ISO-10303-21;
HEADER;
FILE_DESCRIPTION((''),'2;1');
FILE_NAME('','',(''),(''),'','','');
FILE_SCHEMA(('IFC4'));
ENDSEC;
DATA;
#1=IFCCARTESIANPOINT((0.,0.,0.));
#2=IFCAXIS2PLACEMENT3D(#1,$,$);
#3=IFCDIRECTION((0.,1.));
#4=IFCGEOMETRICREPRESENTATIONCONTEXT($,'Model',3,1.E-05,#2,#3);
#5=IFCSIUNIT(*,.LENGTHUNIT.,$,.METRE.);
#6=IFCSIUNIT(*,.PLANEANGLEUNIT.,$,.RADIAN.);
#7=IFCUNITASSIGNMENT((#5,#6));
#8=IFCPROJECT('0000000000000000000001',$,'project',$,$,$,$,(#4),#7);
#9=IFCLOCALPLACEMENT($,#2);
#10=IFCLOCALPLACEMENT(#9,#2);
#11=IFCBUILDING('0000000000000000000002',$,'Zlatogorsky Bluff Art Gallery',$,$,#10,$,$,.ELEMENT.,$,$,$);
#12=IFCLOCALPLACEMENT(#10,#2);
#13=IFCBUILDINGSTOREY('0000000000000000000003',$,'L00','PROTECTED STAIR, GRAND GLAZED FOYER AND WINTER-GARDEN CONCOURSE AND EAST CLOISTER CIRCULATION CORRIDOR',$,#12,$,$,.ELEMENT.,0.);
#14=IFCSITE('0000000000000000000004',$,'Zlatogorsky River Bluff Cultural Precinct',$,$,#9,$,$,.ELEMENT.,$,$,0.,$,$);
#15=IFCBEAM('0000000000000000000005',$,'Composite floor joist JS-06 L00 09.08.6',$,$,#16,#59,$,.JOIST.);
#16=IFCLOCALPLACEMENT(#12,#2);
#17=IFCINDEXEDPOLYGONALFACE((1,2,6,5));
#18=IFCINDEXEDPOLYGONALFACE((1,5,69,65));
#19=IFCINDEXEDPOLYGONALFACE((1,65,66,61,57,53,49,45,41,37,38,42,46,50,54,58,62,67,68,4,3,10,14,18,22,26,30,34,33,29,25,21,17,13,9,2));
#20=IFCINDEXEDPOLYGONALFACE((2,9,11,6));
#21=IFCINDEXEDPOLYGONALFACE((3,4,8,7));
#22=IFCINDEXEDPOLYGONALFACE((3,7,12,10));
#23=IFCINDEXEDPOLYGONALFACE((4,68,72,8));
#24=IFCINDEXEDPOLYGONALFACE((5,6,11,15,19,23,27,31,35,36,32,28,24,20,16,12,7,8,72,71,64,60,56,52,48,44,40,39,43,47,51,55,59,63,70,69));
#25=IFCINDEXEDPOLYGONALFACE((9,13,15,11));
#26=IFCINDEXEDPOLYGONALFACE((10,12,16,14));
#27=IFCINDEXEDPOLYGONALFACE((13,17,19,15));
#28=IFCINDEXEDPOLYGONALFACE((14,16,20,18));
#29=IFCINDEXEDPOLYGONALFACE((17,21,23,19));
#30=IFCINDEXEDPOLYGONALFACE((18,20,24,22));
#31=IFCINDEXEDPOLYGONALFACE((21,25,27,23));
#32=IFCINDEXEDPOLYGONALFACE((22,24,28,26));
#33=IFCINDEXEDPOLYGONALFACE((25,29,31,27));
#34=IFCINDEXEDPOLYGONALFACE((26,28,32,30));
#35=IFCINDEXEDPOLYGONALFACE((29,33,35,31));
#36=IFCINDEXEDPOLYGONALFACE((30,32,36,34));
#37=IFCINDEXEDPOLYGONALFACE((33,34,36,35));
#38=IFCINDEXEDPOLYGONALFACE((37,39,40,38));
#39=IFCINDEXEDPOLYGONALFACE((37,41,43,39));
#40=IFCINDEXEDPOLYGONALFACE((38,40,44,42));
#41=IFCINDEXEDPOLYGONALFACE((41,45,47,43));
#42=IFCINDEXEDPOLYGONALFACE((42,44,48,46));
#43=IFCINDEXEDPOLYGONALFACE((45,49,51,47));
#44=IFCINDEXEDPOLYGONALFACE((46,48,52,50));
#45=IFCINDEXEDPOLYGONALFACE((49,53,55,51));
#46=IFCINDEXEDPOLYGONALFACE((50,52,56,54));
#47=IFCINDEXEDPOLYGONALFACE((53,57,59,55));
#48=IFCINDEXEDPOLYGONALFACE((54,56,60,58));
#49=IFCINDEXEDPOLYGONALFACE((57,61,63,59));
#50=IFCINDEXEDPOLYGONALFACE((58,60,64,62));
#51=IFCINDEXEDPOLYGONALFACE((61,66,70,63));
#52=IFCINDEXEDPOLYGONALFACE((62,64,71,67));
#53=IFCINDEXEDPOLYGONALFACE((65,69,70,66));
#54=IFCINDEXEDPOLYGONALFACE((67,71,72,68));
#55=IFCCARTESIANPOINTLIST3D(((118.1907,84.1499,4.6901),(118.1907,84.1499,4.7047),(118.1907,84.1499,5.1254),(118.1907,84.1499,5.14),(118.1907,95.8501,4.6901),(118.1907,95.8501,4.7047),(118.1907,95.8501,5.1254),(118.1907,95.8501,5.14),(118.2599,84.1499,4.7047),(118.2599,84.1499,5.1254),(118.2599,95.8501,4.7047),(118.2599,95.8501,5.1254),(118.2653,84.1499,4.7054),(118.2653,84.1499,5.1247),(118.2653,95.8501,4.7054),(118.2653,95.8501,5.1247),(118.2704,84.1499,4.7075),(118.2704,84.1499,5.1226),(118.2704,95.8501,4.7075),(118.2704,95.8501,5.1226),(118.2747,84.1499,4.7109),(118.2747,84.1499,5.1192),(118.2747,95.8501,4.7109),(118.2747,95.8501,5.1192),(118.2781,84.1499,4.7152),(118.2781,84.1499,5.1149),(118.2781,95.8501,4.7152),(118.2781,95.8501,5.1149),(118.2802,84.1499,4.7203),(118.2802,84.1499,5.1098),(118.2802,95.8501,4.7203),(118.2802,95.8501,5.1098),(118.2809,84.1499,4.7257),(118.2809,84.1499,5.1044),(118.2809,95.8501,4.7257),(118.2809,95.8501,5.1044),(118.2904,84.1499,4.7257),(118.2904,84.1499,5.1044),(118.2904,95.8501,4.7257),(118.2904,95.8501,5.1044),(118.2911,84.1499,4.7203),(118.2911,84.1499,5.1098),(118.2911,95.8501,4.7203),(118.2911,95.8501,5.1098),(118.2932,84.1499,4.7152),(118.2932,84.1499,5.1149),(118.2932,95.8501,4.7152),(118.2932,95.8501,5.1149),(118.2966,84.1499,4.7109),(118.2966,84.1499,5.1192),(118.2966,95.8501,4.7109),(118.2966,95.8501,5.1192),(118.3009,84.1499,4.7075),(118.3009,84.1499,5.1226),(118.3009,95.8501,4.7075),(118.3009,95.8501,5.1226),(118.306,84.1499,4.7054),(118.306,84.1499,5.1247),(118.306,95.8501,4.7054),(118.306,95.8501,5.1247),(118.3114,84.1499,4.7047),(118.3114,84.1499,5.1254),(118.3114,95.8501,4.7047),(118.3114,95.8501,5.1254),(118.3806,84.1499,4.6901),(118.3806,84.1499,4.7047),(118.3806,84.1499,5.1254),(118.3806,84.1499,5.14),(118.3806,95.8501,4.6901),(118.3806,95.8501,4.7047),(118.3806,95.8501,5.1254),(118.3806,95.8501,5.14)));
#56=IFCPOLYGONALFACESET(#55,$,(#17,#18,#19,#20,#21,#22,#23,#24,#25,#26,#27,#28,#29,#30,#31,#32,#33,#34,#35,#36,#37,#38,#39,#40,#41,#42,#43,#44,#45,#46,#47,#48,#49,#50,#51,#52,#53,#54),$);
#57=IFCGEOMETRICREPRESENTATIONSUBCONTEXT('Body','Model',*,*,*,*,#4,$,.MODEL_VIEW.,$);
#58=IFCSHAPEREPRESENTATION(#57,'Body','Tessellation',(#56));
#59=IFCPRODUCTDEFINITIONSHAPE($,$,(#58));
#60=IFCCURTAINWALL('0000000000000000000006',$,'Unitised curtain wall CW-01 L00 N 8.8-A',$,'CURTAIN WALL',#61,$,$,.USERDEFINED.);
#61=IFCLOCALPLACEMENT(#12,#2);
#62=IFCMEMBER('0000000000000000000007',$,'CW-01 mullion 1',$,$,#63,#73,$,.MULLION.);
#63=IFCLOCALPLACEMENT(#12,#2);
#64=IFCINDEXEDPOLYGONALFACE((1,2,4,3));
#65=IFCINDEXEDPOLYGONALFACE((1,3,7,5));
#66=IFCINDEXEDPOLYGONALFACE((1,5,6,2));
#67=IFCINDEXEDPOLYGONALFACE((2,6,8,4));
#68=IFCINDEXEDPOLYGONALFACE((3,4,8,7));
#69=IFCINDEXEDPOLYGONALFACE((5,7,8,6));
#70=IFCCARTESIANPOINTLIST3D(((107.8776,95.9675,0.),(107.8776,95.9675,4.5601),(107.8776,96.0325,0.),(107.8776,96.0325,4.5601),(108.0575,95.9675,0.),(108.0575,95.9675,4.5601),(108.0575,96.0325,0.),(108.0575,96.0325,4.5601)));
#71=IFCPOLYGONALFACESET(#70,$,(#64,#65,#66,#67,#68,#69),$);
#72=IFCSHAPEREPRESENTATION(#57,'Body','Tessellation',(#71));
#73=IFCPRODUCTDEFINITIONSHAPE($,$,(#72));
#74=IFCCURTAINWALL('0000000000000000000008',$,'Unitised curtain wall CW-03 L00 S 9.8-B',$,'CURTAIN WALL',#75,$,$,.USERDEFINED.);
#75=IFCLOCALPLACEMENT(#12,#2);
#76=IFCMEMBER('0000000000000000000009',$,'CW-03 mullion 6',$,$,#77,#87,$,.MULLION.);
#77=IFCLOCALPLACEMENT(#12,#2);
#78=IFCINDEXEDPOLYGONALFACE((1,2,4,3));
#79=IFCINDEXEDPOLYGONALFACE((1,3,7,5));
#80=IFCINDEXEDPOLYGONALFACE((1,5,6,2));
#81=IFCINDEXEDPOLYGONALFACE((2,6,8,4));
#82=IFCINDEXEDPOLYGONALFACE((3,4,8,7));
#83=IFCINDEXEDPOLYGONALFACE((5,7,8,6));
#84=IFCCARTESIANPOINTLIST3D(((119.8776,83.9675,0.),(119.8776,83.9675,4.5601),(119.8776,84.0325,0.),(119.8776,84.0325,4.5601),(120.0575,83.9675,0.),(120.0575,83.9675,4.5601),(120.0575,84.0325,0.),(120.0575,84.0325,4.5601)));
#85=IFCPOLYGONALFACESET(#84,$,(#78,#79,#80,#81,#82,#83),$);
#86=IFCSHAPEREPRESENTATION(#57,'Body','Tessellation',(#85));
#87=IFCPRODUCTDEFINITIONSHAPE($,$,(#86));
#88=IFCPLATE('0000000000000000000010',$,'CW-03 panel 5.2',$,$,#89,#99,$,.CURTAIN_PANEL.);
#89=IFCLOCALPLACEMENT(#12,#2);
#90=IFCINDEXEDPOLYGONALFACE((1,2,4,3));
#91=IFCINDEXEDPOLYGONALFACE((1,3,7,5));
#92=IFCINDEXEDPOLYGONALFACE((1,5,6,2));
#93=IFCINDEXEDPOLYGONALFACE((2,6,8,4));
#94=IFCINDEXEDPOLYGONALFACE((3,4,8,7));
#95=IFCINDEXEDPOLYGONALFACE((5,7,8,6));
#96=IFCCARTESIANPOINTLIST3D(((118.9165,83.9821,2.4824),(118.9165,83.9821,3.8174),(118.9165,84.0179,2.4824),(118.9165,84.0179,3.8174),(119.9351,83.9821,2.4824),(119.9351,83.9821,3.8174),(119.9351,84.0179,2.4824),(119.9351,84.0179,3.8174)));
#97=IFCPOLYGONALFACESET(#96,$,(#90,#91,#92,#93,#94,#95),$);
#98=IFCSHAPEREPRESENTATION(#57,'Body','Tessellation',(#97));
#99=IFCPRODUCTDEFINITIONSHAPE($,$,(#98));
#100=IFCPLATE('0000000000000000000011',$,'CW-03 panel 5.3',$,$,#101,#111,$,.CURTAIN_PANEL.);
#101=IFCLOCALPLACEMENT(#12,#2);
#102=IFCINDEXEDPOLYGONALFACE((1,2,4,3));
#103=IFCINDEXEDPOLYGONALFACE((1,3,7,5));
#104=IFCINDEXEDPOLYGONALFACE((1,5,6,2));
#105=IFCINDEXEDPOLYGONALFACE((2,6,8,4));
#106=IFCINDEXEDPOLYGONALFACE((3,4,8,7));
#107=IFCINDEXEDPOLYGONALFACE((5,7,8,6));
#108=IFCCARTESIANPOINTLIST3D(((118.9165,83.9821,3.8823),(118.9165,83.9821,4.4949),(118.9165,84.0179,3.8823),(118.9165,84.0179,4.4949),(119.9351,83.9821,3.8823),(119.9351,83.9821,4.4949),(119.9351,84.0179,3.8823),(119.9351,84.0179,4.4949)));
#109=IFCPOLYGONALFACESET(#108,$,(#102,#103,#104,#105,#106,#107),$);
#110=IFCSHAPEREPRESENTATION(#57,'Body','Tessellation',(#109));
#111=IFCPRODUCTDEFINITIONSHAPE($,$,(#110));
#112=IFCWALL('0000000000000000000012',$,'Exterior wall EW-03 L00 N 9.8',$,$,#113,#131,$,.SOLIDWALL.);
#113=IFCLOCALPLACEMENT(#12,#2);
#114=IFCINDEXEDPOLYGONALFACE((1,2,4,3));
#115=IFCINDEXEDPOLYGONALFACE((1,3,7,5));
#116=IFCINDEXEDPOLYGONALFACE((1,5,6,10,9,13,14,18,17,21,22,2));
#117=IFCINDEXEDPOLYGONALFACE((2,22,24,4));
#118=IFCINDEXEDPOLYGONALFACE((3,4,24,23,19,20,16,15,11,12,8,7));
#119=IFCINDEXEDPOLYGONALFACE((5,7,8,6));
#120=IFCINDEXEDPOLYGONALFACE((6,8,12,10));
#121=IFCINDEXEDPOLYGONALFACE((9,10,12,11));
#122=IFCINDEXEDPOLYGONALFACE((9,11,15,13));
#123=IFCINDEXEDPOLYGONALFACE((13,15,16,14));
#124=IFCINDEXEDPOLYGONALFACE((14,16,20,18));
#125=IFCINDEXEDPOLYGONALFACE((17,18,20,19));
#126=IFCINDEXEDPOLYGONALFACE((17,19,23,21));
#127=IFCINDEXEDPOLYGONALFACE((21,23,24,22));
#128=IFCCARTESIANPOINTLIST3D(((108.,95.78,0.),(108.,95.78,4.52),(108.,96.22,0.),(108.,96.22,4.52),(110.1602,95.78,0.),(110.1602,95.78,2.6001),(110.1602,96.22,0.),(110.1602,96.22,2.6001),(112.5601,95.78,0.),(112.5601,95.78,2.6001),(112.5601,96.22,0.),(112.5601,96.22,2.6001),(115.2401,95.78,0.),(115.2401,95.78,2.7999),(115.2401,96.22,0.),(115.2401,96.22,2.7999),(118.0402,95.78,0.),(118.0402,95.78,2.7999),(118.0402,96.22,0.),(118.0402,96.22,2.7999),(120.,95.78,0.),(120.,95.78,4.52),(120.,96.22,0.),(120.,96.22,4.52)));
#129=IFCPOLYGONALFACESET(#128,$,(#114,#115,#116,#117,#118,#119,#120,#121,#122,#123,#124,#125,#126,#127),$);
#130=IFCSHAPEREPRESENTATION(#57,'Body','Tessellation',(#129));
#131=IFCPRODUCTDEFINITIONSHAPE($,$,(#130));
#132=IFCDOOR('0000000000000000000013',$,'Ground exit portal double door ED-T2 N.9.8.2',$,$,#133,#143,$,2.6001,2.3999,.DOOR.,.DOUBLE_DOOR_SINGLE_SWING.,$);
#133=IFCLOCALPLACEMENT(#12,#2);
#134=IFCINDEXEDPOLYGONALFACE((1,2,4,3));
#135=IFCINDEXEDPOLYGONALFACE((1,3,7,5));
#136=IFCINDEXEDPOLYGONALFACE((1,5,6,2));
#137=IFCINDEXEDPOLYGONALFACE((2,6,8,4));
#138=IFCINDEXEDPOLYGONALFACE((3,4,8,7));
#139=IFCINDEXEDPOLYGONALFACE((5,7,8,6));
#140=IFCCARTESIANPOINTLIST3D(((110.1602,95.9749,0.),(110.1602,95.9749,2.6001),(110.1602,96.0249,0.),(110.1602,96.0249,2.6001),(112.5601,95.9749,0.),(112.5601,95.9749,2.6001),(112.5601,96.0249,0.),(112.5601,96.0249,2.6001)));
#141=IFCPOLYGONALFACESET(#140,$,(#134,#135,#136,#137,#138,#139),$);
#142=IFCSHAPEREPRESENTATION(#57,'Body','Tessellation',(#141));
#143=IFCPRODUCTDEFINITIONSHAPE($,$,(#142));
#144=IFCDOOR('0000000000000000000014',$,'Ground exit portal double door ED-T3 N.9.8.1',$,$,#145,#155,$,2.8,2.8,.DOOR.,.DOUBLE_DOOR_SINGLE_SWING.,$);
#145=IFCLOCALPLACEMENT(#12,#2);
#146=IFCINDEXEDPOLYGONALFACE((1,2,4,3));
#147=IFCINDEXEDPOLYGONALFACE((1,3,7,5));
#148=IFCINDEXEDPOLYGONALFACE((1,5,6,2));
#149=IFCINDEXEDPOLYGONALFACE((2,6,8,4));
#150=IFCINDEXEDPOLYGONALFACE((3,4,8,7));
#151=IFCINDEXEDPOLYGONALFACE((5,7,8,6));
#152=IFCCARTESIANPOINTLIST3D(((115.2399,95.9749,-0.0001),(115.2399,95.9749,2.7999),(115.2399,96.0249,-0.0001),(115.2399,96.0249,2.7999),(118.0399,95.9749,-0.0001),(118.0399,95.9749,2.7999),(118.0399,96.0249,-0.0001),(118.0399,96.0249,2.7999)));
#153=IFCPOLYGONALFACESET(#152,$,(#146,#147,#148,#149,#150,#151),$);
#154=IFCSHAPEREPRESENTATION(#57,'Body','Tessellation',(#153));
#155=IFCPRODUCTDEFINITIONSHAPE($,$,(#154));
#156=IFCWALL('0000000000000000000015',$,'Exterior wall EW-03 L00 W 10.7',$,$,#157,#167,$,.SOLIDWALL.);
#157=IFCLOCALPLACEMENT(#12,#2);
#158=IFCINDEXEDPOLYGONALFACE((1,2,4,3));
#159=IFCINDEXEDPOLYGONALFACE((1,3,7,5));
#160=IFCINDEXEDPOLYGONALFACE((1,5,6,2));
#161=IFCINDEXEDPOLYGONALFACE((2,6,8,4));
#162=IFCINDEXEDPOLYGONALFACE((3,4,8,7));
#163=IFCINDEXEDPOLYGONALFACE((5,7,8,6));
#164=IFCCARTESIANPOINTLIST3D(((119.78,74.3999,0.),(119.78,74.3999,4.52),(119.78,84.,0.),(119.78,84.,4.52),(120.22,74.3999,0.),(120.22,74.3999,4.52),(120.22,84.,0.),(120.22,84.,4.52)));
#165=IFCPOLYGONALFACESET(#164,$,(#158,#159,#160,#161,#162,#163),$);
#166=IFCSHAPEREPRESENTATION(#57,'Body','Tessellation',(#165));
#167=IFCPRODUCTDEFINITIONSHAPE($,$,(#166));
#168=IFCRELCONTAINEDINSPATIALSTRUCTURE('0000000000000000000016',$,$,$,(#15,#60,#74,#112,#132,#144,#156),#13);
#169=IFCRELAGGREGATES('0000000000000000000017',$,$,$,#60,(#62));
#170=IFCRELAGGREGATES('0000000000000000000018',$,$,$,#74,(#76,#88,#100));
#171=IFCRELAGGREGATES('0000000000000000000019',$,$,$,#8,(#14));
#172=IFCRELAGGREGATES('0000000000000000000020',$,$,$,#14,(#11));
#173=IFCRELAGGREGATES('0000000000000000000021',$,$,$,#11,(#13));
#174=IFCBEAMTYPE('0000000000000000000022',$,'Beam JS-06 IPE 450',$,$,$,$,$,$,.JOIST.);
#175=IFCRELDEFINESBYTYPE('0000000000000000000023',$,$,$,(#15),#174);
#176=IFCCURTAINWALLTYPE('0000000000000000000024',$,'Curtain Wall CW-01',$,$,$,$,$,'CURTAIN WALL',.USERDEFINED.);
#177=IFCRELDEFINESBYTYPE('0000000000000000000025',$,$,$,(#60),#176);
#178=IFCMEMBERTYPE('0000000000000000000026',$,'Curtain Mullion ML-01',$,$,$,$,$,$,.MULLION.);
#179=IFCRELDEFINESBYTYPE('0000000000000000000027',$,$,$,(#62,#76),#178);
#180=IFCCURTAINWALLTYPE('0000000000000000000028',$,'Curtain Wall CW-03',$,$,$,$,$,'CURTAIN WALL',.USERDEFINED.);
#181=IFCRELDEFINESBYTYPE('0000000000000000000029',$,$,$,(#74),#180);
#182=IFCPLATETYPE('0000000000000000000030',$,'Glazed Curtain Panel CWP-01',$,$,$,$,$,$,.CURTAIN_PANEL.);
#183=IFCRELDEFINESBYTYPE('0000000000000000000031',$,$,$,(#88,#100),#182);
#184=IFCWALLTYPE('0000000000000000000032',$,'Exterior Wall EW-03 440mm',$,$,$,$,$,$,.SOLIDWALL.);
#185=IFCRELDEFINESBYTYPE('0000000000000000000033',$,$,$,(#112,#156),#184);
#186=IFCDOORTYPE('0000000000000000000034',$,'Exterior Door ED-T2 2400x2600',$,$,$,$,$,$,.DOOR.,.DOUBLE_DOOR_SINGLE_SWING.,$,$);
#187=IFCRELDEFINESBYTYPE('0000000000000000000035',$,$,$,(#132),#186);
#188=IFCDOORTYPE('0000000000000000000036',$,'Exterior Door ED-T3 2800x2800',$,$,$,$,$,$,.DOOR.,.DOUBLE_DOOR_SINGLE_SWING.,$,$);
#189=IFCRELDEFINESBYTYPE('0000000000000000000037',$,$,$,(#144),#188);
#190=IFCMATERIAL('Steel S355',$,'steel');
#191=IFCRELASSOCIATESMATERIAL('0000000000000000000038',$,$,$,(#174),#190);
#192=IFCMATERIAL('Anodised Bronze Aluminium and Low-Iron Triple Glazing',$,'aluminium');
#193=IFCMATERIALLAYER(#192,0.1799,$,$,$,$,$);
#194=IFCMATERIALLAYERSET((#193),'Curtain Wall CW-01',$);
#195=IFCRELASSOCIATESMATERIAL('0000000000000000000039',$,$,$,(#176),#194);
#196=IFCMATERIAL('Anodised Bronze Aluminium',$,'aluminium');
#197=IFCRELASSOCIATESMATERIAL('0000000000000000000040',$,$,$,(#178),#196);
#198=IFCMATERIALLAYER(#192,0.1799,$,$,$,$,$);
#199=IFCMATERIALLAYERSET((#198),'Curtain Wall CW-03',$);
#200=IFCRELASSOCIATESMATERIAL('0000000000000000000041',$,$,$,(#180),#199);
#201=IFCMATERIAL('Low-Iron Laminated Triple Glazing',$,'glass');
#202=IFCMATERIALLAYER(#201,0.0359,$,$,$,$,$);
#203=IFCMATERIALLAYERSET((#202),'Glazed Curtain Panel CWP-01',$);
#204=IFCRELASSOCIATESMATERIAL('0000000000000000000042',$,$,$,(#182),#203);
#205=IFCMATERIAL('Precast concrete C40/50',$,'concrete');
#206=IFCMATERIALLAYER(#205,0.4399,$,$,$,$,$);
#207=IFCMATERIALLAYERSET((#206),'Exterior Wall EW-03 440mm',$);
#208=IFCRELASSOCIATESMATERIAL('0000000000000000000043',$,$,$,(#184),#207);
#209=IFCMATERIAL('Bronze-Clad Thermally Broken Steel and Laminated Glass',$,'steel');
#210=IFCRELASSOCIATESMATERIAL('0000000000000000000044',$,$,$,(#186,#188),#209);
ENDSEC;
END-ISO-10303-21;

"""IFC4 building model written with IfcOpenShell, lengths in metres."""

from ifc_helpers import new_model, si_unit, direction, frame, frame_2d, origin, origin_2d, place, context, subcontext, project, spatial, rectangle, i_section, extrude, material, layer, layer_set, material_profile, profile_set, type_object, element, fill, aggregate, save


model = new_model("IFC4")

# Units and contexts
model_context = context("Model", 3, precision=1e-05, world=origin(), true_north=direction((0.0, 1.0)))
body_context = subcontext(model_context, "Body", "Model", "MODEL_VIEW")
ifc_project = project(units=[si_unit("LENGTHUNIT", "METRE"), si_unit("PLANEANGLEUNIT", "RADIAN")], contexts=[model_context])

# Site, building, storey
site_placement = place(None, origin())
site = spatial("IfcSite", under=ifc_project, at=site_placement, Name="Zlatogorsky River Bluff Cultural Precinct", CompositionType="ELEMENT", RefElevation=0.0)
building_placement = place(site_placement, origin())
building = spatial("IfcBuilding", under=site, at=building_placement, Name="Zlatogorsky Bluff Art Gallery", CompositionType="ELEMENT")
storey_placement = place(building_placement, origin())
storey = spatial("IfcBuildingStorey", under=building, at=storey_placement, Name="L00", Description="PROTECTED STAIR, GRAND GLAZED FOYER AND WINTER-GARDEN CONCOURSE AND EAST CLOISTER CIRCULATION CORRIDOR", CompositionType="ELEMENT", Elevation=0.0)

# Shared definitions
ifc_material_1 = material(Name="Steel S355", Category="steel")

# Beam
ifc_material_profile_1 = material_profile(ifc_material_1, i_section(OverallWidth=0.1899, OverallDepth=0.45, WebThickness=0.0095, FlangeThickness=0.0146, FilletRadius=0.021, at=origin_2d()), Name="IPE 450")
ifc_profile_set_1 = profile_set([ifc_material_profile_1], Name="Steel S355")
beam_type_1 = type_object("IfcBeamType", Name="Beam JS-06 IPE 450", PredefinedType="JOIST", material=ifc_profile_set_1)
for number, where, z_axis, x_axis, name in (
    (1, (118.2856, 84.1499, 4.915), (0.0, 1.0, 0.0), (-1.0, 0.0, 0.0), "Composite floor joist JS-06 L00 09.08.6"),
):
    element("IfcBeam", number, at=place(storey_placement, frame(where, z_axis=z_axis, x_axis=x_axis)), inside=storey, type_object=beam_type_1, Name=name, PredefinedType="JOIST", context=body_context, shape_type="SweptSolid", body=[
        extrude(i_section(OverallWidth=0.1899, OverallDepth=0.45, WebThickness=0.0095, FlangeThickness=0.0146, FilletRadius=0.021, at=origin_2d()), origin(), (0.0, 0.0, 1.0), 11.7002),
    ])

# Curtain wall, member
ifc_material_2 = material(Name="Anodised Bronze Aluminium and Low-Iron Triple Glazing", Category="aluminium")
ifc_layer_1 = layer(ifc_material_2, 0.1799)
ifc_layer_set_1 = layer_set([ifc_layer_1], Name="Curtain Wall CW-01")
curtain_wall_type_1 = type_object("IfcCurtainWallType", Name="Curtain Wall CW-01", ElementType="CURTAIN WALL", PredefinedType="USERDEFINED", material=ifc_layer_set_1)
curtain_wall_1_placement = place(storey_placement, origin())
curtain_wall_1 = element("IfcCurtainWall", 2, at=curtain_wall_1_placement, inside=storey, type_object=curtain_wall_type_1, Name="Unitised curtain wall CW-01 L00 N 8.8-A", ObjectType="CURTAIN WALL", PredefinedType="USERDEFINED")
ifc_material_3 = material(Name="Anodised Bronze Aluminium", Category="aluminium")
ifc_material_profile_2 = material_profile(ifc_material_3, rectangle(XDim=0.0649, YDim=0.1799, at=origin_2d()), Name="ALU MULLION 65x180")
ifc_profile_set_2 = profile_set([ifc_material_profile_2], Name="Anodised Bronze Aluminium")
member_type = type_object("IfcMemberType", Name="Curtain Mullion ML-01", PredefinedType="MULLION", material=ifc_profile_set_2)
member_1_placement = place(storey_placement, frame((107.9675, 96.0, 0.0), z_axis=(0.0, 0.0, 1.0), x_axis=(0.0, -1.0, 0.0)))
member_1 = element("IfcMember", 3, at=member_1_placement, type_object=member_type, Name="CW-01 mullion 1", PredefinedType="MULLION", context=body_context, shape_type="SweptSolid", body=[
    extrude(rectangle(XDim=0.0649, YDim=0.1799, at=origin_2d()), origin(), (0.0, 0.0, 1.0), 4.5601),
])
aggregate(curtain_wall_1, [member_1])

# Curtain wall, member, plates
ifc_layer_2 = layer(ifc_material_2, 0.1799)
ifc_layer_set_2 = layer_set([ifc_layer_2], Name="Curtain Wall CW-03")
curtain_wall_type_2 = type_object("IfcCurtainWallType", Name="Curtain Wall CW-03", ElementType="CURTAIN WALL", PredefinedType="USERDEFINED", material=ifc_layer_set_2)
curtain_wall_2_placement = place(storey_placement, origin())
curtain_wall_2 = element("IfcCurtainWall", 4, at=curtain_wall_2_placement, inside=storey, type_object=curtain_wall_type_2, Name="Unitised curtain wall CW-03 L00 S 9.8-B", ObjectType="CURTAIN WALL", PredefinedType="USERDEFINED")
member_2_placement = place(storey_placement, frame((119.9675, 84.0, 0.0), z_axis=(0.0, 0.0, 1.0), x_axis=(0.0, 1.0, 0.0)))
member_2 = element("IfcMember", 5, at=member_2_placement, type_object=member_type, Name="CW-03 mullion 6", PredefinedType="MULLION", context=body_context, shape_type="SweptSolid", body=[
    extrude(rectangle(XDim=0.0649, YDim=0.1799, at=origin_2d()), origin(), (0.0, 0.0, 1.0), 4.5601),
])
ifc_material_4 = material(Name="Low-Iron Laminated Triple Glazing", Category="glass")
ifc_layer_3 = layer(ifc_material_4, 0.0359)
ifc_layer_set_3 = layer_set([ifc_layer_3], Name="Glazed Curtain Panel CWP-01")
plate_type = type_object("IfcPlateType", Name="Glazed Curtain Panel CWP-01", PredefinedType="CURTAIN_PANEL", material=ifc_layer_set_3)
plate_1_placement = place(storey_placement, frame((119.4258, 84.0, 2.4824), z_axis=(0.0, 0.0, 1.0), x_axis=(1.0, 0.0, 0.0)))
plate_1 = element("IfcPlate", 6, at=plate_1_placement, type_object=plate_type, Name="CW-03 panel 5.2", PredefinedType="CURTAIN_PANEL", context=body_context, shape_type="SweptSolid", body=[
    extrude(rectangle(XDim=1.0186, YDim=0.0359, at=origin_2d()), origin(), (0.0, 0.0, 1.0), 1.335),
])
plate_2_placement = place(storey_placement, frame((119.4258, 84.0, 3.8823), z_axis=(0.0, 0.0, 1.0), x_axis=(1.0, 0.0, 0.0)))
plate_2 = element("IfcPlate", 7, at=plate_2_placement, type_object=plate_type, Name="CW-03 panel 5.3", PredefinedType="CURTAIN_PANEL", context=body_context, shape_type="SweptSolid", body=[
    extrude(rectangle(XDim=1.0186, YDim=0.0359, at=origin_2d()), origin(), (0.0, 0.0, 1.0), 0.6125),
])
aggregate(curtain_wall_2, [member_2, plate_1, plate_2])

# Wall, openings, doors
ifc_material_5 = material(Name="Precast concrete C40/50", Category="concrete")
ifc_layer_4 = layer(ifc_material_5, 0.4399)
ifc_layer_set_4 = layer_set([ifc_layer_4], Name="Exterior Wall EW-03 440mm")
wall_type_1 = type_object("IfcWallType", Name="Exterior Wall EW-03 440mm", PredefinedType="SOLIDWALL", material=ifc_layer_set_4)
wall_1_placement = place(storey_placement, frame((120.0, 96.0, 0.0), z_axis=(0.0, 0.0, 1.0), x_axis=(-1.0, 0.0, 0.0)))
wall_1 = element("IfcWall", 8, at=wall_1_placement, inside=storey, type_object=wall_type_1, Name="Exterior wall EW-03 L00 N 9.8", PredefinedType="SOLIDWALL", context=body_context, shape_type="SweptSolid", body=[
    extrude(rectangle(XDim=12.0, YDim=0.4399, at=frame_2d((6.0, 0.0))), origin(), (0.0, 0.0, 1.0), 4.52),
])
opening_1_placement = place(wall_1_placement, frame((1.96, 0.0, 0.0)))
opening_1 = element("IfcOpeningElement", 9, at=opening_1_placement, cuts=wall_1, PredefinedType="OPENING", context=body_context, shape_type="SweptSolid", body=[
    extrude(rectangle(XDim=2.8, YDim=2.8, at=frame_2d((1.3999, 1.3999))), frame((0.0, 0.23, 0.0), z_axis=(0.0, -1.0, 0.0), x_axis=(1.0, 0.0, 0.0)), (0.0, 0.0, 1.0), 0.46),
])
opening_2_placement = place(wall_1_placement, frame((7.4399, 0.0, 0.0)))
opening_2 = element("IfcOpeningElement", 10, at=opening_2_placement, cuts=wall_1, PredefinedType="OPENING", context=body_context, shape_type="SweptSolid", body=[
    extrude(rectangle(XDim=2.3999, YDim=2.6001, at=frame_2d((1.2, 1.3))), frame((0.0, 0.23, 0.0), z_axis=(0.0, -1.0, 0.0), x_axis=(1.0, 0.0, 0.0)), (0.0, 0.0, 1.0), 0.46),
])
ifc_material_6 = material(Name="Bronze-Clad Thermally Broken Steel and Laminated Glass", Category="steel")
door_type_1 = type_object("IfcDoorType", Name="Exterior Door ED-T2 2400x2600", OperationType="DOUBLE_DOOR_SINGLE_SWING", PredefinedType="DOOR", material=ifc_material_6)
door_1_placement = place(opening_2_placement, frame((2.3999, 0.0, 0.0), z_axis=(0.0, 0.0, 1.0), x_axis=(-1.0, 0.0, 0.0)))
door_1 = element("IfcDoor", 11, at=door_1_placement, inside=storey, type_object=door_type_1, Name="Ground exit portal double door ED-T2 N.9.8.2", OperationType="DOUBLE_DOOR_SINGLE_SWING", OverallHeight=2.6001, OverallWidth=2.3999, PredefinedType="DOOR", context=body_context, shape_type="SweptSolid", body=[
    extrude(rectangle(XDim=2.3999, YDim=2.6001, at=frame_2d((1.2, 1.3))), frame((0.0, 0.0249, 0.0), z_axis=(0.0, -1.0, 0.0), x_axis=(1.0, 0.0, 0.0)), (0.0, 0.0, 1.0), 0.05),
])
fill(opening_2, door_1)
door_type_2 = type_object("IfcDoorType", Name="Exterior Door ED-T3 2800x2800", OperationType="DOUBLE_DOOR_SINGLE_SWING", PredefinedType="DOOR", material=ifc_material_6)
door_2_placement = place(opening_1_placement, frame((2.8, 0.0, 0.0), z_axis=(0.0, 0.0, 1.0), x_axis=(-1.0, 0.0, 0.0)))
door_2 = element("IfcDoor", 12, at=door_2_placement, inside=storey, type_object=door_type_2, Name="Ground exit portal double door ED-T3 N.9.8.1", OperationType="DOUBLE_DOOR_SINGLE_SWING", OverallHeight=2.8, OverallWidth=2.8, PredefinedType="DOOR", context=body_context, shape_type="SweptSolid", body=[
    extrude(rectangle(XDim=2.8, YDim=2.8, at=frame_2d((1.3999, 1.3999))), frame((0.0, 0.0249, 0.0), z_axis=(0.0, -1.0, 0.0), x_axis=(1.0, 0.0, 0.0)), (0.0, 0.0, 1.0), 0.05),
])
fill(opening_1, door_2)

# Wall
wall_2_placement = place(storey_placement, frame((120.0, 84.0, 0.0), z_axis=(0.0, 0.0, 1.0), x_axis=(0.0, -1.0, 0.0)))
element("IfcWall", 13, at=wall_2_placement, inside=storey, type_object=wall_type_1, Name="Exterior wall EW-03 L00 W 10.7", PredefinedType="SOLIDWALL", context=body_context, shape_type="SweptSolid", body=[
    extrude(rectangle(XDim=9.6001, YDim=0.4399, at=frame_2d((4.8, 0.0))), origin(), (0.0, 0.0, 1.0), 4.52),
])

save(model, "model.ifc")
